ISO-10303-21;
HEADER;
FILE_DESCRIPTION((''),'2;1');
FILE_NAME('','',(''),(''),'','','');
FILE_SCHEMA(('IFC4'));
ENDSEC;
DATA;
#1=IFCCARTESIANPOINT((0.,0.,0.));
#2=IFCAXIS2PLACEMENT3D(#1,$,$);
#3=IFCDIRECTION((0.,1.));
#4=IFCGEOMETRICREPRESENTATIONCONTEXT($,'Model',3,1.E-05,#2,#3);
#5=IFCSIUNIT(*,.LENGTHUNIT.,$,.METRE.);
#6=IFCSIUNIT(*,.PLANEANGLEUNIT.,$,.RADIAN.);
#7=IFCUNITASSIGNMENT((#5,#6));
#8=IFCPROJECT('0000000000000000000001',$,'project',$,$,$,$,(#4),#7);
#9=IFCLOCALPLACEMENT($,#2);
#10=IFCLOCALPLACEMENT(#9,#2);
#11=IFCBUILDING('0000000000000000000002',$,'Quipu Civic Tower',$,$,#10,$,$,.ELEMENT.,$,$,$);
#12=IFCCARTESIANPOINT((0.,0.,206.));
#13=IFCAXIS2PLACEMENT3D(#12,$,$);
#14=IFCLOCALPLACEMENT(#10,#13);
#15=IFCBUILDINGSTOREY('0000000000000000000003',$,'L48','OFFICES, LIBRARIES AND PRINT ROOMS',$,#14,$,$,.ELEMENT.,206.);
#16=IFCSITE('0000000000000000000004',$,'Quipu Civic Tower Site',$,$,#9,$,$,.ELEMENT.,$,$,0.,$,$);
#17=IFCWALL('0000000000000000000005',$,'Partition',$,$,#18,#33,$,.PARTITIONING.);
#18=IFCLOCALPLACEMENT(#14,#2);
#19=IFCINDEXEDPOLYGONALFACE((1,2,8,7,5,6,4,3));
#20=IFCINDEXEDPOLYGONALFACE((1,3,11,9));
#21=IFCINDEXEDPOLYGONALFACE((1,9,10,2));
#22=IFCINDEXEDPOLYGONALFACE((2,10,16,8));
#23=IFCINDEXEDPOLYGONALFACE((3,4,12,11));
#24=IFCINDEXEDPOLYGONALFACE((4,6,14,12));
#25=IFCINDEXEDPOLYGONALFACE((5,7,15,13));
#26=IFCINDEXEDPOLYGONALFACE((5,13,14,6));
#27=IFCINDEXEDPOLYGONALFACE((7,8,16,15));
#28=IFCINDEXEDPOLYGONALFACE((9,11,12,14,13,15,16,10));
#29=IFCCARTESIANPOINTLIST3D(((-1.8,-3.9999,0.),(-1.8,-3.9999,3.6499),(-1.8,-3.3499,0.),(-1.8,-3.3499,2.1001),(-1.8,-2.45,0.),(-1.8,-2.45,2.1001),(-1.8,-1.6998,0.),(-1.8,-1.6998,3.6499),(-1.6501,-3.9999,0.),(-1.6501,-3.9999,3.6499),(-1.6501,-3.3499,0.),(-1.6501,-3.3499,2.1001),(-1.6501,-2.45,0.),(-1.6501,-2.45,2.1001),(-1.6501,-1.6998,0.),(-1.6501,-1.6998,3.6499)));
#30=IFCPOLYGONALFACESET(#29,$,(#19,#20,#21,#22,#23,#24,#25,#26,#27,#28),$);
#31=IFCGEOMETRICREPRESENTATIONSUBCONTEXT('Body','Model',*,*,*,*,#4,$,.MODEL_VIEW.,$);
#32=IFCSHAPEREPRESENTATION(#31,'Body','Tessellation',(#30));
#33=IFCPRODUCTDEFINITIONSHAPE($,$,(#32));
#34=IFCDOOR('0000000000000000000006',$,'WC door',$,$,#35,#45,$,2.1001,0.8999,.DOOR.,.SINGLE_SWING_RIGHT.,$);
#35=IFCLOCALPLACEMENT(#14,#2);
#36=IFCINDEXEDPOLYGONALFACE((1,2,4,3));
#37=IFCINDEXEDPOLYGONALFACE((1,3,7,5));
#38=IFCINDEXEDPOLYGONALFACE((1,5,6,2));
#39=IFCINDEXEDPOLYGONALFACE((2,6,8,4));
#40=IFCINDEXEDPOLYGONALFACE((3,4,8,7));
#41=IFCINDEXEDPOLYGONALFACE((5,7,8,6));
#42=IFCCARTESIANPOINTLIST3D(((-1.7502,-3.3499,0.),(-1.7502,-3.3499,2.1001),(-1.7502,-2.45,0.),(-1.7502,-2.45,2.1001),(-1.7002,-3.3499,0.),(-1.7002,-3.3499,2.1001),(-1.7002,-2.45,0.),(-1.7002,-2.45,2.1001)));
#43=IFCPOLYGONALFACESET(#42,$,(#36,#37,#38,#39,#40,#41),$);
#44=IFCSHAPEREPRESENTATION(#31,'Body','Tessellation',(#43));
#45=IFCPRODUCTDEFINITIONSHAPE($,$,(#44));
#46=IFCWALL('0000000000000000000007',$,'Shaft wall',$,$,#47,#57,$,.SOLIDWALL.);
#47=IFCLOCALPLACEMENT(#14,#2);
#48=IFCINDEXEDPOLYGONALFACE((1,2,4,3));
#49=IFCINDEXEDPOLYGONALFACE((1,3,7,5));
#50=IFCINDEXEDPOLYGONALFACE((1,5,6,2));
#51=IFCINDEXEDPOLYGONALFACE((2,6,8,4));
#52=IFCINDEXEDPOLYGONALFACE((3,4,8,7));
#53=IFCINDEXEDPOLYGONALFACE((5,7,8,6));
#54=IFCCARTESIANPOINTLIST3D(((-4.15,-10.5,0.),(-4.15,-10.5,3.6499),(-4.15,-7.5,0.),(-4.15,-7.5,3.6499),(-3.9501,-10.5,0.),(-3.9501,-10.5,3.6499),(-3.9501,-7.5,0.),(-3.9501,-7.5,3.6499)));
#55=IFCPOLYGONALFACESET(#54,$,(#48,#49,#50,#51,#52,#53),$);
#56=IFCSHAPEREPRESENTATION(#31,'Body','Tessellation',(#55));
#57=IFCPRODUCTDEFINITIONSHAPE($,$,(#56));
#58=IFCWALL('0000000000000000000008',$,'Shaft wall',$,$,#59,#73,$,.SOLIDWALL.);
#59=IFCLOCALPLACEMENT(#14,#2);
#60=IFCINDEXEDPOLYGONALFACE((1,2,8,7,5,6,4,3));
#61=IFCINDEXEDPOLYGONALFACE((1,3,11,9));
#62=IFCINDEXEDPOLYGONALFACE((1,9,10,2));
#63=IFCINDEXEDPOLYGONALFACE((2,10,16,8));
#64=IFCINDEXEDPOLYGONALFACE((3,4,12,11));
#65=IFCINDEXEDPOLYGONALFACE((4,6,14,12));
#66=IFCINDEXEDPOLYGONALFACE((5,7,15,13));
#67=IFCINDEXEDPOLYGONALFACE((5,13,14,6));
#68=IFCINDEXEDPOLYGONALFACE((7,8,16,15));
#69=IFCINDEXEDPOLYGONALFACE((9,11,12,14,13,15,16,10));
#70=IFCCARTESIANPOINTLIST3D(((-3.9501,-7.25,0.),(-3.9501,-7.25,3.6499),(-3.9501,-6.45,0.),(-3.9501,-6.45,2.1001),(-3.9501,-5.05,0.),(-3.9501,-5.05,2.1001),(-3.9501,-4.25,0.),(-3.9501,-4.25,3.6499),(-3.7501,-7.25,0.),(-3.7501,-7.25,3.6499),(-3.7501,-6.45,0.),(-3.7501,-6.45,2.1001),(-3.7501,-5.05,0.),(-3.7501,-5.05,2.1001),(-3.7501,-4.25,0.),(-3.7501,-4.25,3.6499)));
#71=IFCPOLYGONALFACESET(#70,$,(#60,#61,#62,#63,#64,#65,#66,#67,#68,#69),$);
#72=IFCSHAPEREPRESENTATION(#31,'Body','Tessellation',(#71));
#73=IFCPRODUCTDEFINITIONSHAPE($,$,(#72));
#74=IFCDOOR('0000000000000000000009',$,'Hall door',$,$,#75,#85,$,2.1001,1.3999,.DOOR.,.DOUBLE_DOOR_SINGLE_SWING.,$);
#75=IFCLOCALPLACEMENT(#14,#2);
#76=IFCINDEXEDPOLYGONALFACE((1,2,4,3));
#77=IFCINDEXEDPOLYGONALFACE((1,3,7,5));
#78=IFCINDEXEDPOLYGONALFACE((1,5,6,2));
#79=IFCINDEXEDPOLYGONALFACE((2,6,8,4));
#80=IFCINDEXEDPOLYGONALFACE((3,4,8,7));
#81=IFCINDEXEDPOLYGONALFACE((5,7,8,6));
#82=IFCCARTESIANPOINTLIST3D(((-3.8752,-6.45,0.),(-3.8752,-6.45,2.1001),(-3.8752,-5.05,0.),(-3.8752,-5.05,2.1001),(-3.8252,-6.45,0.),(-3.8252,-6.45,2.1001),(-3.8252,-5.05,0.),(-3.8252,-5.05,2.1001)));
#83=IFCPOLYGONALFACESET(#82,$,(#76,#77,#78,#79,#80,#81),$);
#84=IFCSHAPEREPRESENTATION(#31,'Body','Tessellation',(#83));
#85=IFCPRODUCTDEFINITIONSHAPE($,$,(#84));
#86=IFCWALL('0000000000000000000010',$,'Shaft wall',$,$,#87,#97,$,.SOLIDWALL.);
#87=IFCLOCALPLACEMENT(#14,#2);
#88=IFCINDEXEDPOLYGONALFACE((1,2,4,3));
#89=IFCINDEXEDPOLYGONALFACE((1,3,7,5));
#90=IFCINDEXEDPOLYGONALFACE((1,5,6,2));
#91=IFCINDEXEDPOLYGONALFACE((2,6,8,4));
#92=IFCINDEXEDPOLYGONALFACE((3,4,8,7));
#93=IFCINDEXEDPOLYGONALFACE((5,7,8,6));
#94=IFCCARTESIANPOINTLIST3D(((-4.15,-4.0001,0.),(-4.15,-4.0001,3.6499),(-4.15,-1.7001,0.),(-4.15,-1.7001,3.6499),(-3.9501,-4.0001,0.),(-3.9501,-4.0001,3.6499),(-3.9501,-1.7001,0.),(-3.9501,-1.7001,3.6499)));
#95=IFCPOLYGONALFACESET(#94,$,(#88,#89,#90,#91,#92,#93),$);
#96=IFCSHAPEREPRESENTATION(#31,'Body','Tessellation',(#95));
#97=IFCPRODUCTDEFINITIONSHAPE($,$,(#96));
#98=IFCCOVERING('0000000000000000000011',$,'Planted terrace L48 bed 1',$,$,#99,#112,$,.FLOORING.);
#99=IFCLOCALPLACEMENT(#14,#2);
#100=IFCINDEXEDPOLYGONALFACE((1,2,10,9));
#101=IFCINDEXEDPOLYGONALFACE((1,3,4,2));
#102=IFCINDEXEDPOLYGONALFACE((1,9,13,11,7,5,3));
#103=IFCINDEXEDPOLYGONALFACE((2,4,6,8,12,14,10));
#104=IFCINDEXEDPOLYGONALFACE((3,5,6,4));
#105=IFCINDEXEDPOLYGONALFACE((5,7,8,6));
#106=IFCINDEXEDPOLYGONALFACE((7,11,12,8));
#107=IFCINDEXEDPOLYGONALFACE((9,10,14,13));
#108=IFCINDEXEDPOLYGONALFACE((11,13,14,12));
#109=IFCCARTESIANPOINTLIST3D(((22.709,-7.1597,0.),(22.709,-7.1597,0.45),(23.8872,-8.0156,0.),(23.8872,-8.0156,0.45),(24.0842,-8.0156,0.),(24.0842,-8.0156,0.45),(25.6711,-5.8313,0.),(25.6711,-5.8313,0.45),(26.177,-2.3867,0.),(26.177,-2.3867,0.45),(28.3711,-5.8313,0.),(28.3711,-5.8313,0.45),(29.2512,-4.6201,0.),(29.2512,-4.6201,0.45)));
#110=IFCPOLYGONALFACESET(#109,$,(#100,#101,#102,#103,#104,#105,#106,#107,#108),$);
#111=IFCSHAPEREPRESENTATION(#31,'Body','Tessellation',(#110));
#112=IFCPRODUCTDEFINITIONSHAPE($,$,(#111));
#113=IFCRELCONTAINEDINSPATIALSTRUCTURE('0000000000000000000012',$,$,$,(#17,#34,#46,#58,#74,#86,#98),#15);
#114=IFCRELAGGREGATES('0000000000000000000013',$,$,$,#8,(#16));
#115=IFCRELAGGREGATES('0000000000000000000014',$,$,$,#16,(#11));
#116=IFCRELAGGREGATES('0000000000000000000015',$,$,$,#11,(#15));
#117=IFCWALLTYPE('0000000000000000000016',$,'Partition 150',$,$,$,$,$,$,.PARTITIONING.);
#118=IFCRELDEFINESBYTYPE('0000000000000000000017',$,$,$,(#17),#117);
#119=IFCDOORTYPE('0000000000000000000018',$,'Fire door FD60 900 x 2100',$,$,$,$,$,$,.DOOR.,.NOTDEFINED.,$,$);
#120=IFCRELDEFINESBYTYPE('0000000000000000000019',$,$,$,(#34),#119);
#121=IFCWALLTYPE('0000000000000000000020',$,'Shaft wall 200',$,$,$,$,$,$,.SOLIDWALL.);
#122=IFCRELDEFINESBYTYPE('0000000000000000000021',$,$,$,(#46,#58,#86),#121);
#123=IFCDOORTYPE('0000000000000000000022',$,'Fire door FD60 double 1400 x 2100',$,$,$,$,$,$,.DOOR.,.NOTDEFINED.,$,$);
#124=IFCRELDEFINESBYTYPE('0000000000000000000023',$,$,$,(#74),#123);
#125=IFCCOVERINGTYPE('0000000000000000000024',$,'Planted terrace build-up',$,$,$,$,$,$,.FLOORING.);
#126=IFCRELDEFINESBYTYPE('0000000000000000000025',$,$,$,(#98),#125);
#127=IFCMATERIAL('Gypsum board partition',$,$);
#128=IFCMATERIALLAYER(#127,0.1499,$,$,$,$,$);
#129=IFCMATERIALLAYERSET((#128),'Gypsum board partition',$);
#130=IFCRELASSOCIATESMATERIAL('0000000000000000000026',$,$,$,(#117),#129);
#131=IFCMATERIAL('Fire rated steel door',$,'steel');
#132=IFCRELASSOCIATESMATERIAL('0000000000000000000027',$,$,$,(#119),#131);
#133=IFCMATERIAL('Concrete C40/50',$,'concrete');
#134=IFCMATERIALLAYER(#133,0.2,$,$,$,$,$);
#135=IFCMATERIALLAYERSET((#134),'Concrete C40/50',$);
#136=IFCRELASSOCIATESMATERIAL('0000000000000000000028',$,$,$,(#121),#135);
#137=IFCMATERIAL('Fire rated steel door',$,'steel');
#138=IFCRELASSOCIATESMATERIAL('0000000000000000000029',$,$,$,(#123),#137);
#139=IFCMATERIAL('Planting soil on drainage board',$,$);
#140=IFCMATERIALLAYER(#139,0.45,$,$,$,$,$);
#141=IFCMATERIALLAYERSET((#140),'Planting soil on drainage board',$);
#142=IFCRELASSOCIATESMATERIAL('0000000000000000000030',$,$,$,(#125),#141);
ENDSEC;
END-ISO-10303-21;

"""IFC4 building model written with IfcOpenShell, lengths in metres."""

from ifc_helpers import new_model, si_unit, direction, frame, frame_2d, origin, place, context, subcontext, project, spatial, polyline, rectangle, outline, extrude, material, layer, layer_set, type_object, element, fill, save


model = new_model("IFC4")

# Units and contexts
model_context = context("Model", 3, precision=1e-05, world=origin(), true_north=direction((0.0, 1.0)))
body_context = subcontext(model_context, "Body", "Model", "MODEL_VIEW")
ifc_project = project(units=[si_unit("LENGTHUNIT", "METRE"), si_unit("PLANEANGLEUNIT", "RADIAN")], contexts=[model_context])

# Site, building, storey
site_placement = place(None, origin())
site = spatial("IfcSite", under=ifc_project, at=site_placement, Name="Quipu Civic Tower Site", CompositionType="ELEMENT", RefElevation=0.0)
building_placement = place(site_placement, origin())
building = spatial("IfcBuilding", under=site, at=building_placement, Name="Quipu Civic Tower", CompositionType="ELEMENT")
storey_placement = place(building_placement, frame((0.0, 0.0, 206.0)))
storey = spatial("IfcBuildingStorey", under=building, at=storey_placement, Name="L48", Description="OFFICES, LIBRARIES AND PRINT ROOMS", CompositionType="ELEMENT", Elevation=206.0)

# Shared definitions
ifc_material_1 = material(Name="Gypsum board partition")
ifc_layer_1 = layer(ifc_material_1, 0.1499)
ifc_layer_set_1 = layer_set([ifc_layer_1], Name="Gypsum board partition")
wall_type_1 = type_object("IfcWallType", Name="Partition 150", PredefinedType="PARTITIONING", material=ifc_layer_set_1)

# Shared definitions
ifc_material_2 = material(Name="Fire rated steel door", Category="steel")
door_type_1 = type_object("IfcDoorType", Name="Fire door FD60 900 x 2100", OperationType="NOTDEFINED", PredefinedType="DOOR", material=ifc_material_2)

# Wall, opening, door
wall_1_placement = place(storey_placement, frame((-1.7251, -1.7, 0.0), z_axis=(0.0, 0.0, 1.0), x_axis=(0.0, -1.0, 0.0)))
wall_1 = element("IfcWall", 1, at=wall_1_placement, inside=storey, type_object=wall_type_1, Name="Partition", PredefinedType="PARTITIONING", context=body_context, shape_type="SweptSolid", body=[
    extrude(rectangle(XDim=2.3, YDim=0.1499, at=frame_2d((1.1499, 0.0))), origin(), (0.0, 0.0, 1.0), 3.6499),
])
opening_1_placement = place(wall_1_placement, frame((0.75, 0.0, 0.0)))
opening_1 = element("IfcOpeningElement", 2, at=opening_1_placement, cuts=wall_1, PredefinedType="OPENING", context=body_context, shape_type="SweptSolid", body=[
    extrude(rectangle(XDim=0.8999, YDim=2.1001, at=frame_2d((0.45, 1.05))), frame((0.0, 0.085, 0.0), z_axis=(0.0, -1.0, 0.0), x_axis=(1.0, 0.0, 0.0)), (0.0, 0.0, 1.0), 0.1699),
])
door_1_placement = place(opening_1_placement, origin())
door_1 = element("IfcDoor", 3, at=door_1_placement, inside=storey, type_object=door_type_1, Name="WC door", OperationType="SINGLE_SWING_RIGHT", OverallHeight=2.1001, OverallWidth=0.8999, PredefinedType="DOOR", context=body_context, shape_type="SweptSolid", body=[
    extrude(rectangle(XDim=0.8999, YDim=2.1001, at=frame_2d((0.45, 1.05))), frame((0.0, 0.0249, 0.0), z_axis=(0.0, -1.0, 0.0), x_axis=(1.0, 0.0, 0.0)), (0.0, 0.0, 1.0), 0.05),
])
fill(opening_1, door_1)

# Wall
ifc_material_3 = material(Name="Concrete C40/50", Category="concrete")
ifc_layer_2 = layer(ifc_material_3, 0.2)
ifc_layer_set_2 = layer_set([ifc_layer_2], Name="Concrete C40/50")
wall_type_2 = type_object("IfcWallType", Name="Shaft wall 200", PredefinedType="SOLIDWALL", material=ifc_layer_set_2)
wall_2_placement = place(storey_placement, frame((-4.05, -10.5, 0.0), z_axis=(0.0, 0.0, 1.0), x_axis=(0.0, 1.0, 0.0)))
element("IfcWall", 4, at=wall_2_placement, inside=storey, type_object=wall_type_2, Name="Shaft wall", PredefinedType="SOLIDWALL", context=body_context, shape_type="SweptSolid", body=[
    extrude(rectangle(XDim=3.0, YDim=0.2, at=frame_2d((1.5, 0.0))), origin(), (0.0, 0.0, 1.0), 3.6499),
])

# Wall, opening, door
wall_3_placement = place(storey_placement, frame((-3.8501, -4.25, 0.0), z_axis=(0.0, 0.0, 1.0), x_axis=(0.0, -1.0, 0.0)))
wall_3 = element("IfcWall", 5, at=wall_3_placement, inside=storey, type_object=wall_type_2, Name="Shaft wall", PredefinedType="SOLIDWALL", context=body_context, shape_type="SweptSolid", body=[
    extrude(rectangle(XDim=3.0, YDim=0.2, at=frame_2d((1.5, 0.0))), origin(), (0.0, 0.0, 1.0), 3.6499),
])
opening_2_placement = place(wall_3_placement, frame((0.8, 0.0, 0.0)))
opening_2 = element("IfcOpeningElement", 6, at=opening_2_placement, cuts=wall_3, PredefinedType="OPENING", context=body_context, shape_type="SweptSolid", body=[
    extrude(rectangle(XDim=1.3999, YDim=2.1001, at=frame_2d((0.7, 1.05))), frame((0.0, 0.1099, 0.0), z_axis=(0.0, -1.0, 0.0), x_axis=(1.0, 0.0, 0.0)), (0.0, 0.0, 1.0), 0.22),
])
ifc_material_4 = material(Name="Fire rated steel door", Category="steel")
door_type_2 = type_object("IfcDoorType", Name="Fire door FD60 double 1400 x 2100", OperationType="NOTDEFINED", PredefinedType="DOOR", material=ifc_material_4)
door_2_placement = place(opening_2_placement, origin())
door_2 = element("IfcDoor", 7, at=door_2_placement, inside=storey, type_object=door_type_2, Name="Hall door", OperationType="DOUBLE_DOOR_SINGLE_SWING", OverallHeight=2.1001, OverallWidth=1.3999, PredefinedType="DOOR", context=body_context, shape_type="SweptSolid", body=[
    extrude(rectangle(XDim=1.3999, YDim=2.1001, at=frame_2d((0.7, 1.05))), frame((0.0, 0.0249, 0.0), z_axis=(0.0, -1.0, 0.0), x_axis=(1.0, 0.0, 0.0)), (0.0, 0.0, 1.0), 0.05),
])
fill(opening_2, door_2)

# Wall
wall_4_placement = place(storey_placement, frame((-4.05, -4.0, 0.0), z_axis=(0.0, 0.0, 1.0), x_axis=(0.0, 1.0, 0.0)))
element("IfcWall", 8, at=wall_4_placement, inside=storey, type_object=wall_type_2, Name="Shaft wall", PredefinedType="SOLIDWALL", context=body_context, shape_type="SweptSolid", body=[
    extrude(rectangle(XDim=2.3, YDim=0.2, at=frame_2d((1.1499, 0.0))), origin(), (0.0, 0.0, 1.0), 3.6499),
])

# Covering
ifc_material_5 = material(Name="Planting soil on drainage board")
ifc_layer_3 = layer(ifc_material_5, 0.45)
ifc_layer_set_3 = layer_set([ifc_layer_3], Name="Planting soil on drainage board")
covering_type = type_object("IfcCoveringType", Name="Planted terrace build-up", PredefinedType="FLOORING", material=ifc_layer_set_3)
covering_placement = place(storey_placement, origin())
element("IfcCovering", 9, at=covering_placement, inside=storey, type_object=covering_type, Name="Planted terrace L48 bed 1", PredefinedType="FLOORING", context=body_context, shape_type="SweptSolid", body=[
    extrude(outline(polyline([(26.177, -2.3867), (29.2512, -4.6201), (28.3711, -5.8313), (25.6711, -5.8313), (24.0842, -8.0156), (23.8872, -8.0156), (22.709, -7.1597), (26.177, -2.3867)])), origin(), (0.0, 0.0, 1.0), 0.45),
])

save(model, "model.ifc")
